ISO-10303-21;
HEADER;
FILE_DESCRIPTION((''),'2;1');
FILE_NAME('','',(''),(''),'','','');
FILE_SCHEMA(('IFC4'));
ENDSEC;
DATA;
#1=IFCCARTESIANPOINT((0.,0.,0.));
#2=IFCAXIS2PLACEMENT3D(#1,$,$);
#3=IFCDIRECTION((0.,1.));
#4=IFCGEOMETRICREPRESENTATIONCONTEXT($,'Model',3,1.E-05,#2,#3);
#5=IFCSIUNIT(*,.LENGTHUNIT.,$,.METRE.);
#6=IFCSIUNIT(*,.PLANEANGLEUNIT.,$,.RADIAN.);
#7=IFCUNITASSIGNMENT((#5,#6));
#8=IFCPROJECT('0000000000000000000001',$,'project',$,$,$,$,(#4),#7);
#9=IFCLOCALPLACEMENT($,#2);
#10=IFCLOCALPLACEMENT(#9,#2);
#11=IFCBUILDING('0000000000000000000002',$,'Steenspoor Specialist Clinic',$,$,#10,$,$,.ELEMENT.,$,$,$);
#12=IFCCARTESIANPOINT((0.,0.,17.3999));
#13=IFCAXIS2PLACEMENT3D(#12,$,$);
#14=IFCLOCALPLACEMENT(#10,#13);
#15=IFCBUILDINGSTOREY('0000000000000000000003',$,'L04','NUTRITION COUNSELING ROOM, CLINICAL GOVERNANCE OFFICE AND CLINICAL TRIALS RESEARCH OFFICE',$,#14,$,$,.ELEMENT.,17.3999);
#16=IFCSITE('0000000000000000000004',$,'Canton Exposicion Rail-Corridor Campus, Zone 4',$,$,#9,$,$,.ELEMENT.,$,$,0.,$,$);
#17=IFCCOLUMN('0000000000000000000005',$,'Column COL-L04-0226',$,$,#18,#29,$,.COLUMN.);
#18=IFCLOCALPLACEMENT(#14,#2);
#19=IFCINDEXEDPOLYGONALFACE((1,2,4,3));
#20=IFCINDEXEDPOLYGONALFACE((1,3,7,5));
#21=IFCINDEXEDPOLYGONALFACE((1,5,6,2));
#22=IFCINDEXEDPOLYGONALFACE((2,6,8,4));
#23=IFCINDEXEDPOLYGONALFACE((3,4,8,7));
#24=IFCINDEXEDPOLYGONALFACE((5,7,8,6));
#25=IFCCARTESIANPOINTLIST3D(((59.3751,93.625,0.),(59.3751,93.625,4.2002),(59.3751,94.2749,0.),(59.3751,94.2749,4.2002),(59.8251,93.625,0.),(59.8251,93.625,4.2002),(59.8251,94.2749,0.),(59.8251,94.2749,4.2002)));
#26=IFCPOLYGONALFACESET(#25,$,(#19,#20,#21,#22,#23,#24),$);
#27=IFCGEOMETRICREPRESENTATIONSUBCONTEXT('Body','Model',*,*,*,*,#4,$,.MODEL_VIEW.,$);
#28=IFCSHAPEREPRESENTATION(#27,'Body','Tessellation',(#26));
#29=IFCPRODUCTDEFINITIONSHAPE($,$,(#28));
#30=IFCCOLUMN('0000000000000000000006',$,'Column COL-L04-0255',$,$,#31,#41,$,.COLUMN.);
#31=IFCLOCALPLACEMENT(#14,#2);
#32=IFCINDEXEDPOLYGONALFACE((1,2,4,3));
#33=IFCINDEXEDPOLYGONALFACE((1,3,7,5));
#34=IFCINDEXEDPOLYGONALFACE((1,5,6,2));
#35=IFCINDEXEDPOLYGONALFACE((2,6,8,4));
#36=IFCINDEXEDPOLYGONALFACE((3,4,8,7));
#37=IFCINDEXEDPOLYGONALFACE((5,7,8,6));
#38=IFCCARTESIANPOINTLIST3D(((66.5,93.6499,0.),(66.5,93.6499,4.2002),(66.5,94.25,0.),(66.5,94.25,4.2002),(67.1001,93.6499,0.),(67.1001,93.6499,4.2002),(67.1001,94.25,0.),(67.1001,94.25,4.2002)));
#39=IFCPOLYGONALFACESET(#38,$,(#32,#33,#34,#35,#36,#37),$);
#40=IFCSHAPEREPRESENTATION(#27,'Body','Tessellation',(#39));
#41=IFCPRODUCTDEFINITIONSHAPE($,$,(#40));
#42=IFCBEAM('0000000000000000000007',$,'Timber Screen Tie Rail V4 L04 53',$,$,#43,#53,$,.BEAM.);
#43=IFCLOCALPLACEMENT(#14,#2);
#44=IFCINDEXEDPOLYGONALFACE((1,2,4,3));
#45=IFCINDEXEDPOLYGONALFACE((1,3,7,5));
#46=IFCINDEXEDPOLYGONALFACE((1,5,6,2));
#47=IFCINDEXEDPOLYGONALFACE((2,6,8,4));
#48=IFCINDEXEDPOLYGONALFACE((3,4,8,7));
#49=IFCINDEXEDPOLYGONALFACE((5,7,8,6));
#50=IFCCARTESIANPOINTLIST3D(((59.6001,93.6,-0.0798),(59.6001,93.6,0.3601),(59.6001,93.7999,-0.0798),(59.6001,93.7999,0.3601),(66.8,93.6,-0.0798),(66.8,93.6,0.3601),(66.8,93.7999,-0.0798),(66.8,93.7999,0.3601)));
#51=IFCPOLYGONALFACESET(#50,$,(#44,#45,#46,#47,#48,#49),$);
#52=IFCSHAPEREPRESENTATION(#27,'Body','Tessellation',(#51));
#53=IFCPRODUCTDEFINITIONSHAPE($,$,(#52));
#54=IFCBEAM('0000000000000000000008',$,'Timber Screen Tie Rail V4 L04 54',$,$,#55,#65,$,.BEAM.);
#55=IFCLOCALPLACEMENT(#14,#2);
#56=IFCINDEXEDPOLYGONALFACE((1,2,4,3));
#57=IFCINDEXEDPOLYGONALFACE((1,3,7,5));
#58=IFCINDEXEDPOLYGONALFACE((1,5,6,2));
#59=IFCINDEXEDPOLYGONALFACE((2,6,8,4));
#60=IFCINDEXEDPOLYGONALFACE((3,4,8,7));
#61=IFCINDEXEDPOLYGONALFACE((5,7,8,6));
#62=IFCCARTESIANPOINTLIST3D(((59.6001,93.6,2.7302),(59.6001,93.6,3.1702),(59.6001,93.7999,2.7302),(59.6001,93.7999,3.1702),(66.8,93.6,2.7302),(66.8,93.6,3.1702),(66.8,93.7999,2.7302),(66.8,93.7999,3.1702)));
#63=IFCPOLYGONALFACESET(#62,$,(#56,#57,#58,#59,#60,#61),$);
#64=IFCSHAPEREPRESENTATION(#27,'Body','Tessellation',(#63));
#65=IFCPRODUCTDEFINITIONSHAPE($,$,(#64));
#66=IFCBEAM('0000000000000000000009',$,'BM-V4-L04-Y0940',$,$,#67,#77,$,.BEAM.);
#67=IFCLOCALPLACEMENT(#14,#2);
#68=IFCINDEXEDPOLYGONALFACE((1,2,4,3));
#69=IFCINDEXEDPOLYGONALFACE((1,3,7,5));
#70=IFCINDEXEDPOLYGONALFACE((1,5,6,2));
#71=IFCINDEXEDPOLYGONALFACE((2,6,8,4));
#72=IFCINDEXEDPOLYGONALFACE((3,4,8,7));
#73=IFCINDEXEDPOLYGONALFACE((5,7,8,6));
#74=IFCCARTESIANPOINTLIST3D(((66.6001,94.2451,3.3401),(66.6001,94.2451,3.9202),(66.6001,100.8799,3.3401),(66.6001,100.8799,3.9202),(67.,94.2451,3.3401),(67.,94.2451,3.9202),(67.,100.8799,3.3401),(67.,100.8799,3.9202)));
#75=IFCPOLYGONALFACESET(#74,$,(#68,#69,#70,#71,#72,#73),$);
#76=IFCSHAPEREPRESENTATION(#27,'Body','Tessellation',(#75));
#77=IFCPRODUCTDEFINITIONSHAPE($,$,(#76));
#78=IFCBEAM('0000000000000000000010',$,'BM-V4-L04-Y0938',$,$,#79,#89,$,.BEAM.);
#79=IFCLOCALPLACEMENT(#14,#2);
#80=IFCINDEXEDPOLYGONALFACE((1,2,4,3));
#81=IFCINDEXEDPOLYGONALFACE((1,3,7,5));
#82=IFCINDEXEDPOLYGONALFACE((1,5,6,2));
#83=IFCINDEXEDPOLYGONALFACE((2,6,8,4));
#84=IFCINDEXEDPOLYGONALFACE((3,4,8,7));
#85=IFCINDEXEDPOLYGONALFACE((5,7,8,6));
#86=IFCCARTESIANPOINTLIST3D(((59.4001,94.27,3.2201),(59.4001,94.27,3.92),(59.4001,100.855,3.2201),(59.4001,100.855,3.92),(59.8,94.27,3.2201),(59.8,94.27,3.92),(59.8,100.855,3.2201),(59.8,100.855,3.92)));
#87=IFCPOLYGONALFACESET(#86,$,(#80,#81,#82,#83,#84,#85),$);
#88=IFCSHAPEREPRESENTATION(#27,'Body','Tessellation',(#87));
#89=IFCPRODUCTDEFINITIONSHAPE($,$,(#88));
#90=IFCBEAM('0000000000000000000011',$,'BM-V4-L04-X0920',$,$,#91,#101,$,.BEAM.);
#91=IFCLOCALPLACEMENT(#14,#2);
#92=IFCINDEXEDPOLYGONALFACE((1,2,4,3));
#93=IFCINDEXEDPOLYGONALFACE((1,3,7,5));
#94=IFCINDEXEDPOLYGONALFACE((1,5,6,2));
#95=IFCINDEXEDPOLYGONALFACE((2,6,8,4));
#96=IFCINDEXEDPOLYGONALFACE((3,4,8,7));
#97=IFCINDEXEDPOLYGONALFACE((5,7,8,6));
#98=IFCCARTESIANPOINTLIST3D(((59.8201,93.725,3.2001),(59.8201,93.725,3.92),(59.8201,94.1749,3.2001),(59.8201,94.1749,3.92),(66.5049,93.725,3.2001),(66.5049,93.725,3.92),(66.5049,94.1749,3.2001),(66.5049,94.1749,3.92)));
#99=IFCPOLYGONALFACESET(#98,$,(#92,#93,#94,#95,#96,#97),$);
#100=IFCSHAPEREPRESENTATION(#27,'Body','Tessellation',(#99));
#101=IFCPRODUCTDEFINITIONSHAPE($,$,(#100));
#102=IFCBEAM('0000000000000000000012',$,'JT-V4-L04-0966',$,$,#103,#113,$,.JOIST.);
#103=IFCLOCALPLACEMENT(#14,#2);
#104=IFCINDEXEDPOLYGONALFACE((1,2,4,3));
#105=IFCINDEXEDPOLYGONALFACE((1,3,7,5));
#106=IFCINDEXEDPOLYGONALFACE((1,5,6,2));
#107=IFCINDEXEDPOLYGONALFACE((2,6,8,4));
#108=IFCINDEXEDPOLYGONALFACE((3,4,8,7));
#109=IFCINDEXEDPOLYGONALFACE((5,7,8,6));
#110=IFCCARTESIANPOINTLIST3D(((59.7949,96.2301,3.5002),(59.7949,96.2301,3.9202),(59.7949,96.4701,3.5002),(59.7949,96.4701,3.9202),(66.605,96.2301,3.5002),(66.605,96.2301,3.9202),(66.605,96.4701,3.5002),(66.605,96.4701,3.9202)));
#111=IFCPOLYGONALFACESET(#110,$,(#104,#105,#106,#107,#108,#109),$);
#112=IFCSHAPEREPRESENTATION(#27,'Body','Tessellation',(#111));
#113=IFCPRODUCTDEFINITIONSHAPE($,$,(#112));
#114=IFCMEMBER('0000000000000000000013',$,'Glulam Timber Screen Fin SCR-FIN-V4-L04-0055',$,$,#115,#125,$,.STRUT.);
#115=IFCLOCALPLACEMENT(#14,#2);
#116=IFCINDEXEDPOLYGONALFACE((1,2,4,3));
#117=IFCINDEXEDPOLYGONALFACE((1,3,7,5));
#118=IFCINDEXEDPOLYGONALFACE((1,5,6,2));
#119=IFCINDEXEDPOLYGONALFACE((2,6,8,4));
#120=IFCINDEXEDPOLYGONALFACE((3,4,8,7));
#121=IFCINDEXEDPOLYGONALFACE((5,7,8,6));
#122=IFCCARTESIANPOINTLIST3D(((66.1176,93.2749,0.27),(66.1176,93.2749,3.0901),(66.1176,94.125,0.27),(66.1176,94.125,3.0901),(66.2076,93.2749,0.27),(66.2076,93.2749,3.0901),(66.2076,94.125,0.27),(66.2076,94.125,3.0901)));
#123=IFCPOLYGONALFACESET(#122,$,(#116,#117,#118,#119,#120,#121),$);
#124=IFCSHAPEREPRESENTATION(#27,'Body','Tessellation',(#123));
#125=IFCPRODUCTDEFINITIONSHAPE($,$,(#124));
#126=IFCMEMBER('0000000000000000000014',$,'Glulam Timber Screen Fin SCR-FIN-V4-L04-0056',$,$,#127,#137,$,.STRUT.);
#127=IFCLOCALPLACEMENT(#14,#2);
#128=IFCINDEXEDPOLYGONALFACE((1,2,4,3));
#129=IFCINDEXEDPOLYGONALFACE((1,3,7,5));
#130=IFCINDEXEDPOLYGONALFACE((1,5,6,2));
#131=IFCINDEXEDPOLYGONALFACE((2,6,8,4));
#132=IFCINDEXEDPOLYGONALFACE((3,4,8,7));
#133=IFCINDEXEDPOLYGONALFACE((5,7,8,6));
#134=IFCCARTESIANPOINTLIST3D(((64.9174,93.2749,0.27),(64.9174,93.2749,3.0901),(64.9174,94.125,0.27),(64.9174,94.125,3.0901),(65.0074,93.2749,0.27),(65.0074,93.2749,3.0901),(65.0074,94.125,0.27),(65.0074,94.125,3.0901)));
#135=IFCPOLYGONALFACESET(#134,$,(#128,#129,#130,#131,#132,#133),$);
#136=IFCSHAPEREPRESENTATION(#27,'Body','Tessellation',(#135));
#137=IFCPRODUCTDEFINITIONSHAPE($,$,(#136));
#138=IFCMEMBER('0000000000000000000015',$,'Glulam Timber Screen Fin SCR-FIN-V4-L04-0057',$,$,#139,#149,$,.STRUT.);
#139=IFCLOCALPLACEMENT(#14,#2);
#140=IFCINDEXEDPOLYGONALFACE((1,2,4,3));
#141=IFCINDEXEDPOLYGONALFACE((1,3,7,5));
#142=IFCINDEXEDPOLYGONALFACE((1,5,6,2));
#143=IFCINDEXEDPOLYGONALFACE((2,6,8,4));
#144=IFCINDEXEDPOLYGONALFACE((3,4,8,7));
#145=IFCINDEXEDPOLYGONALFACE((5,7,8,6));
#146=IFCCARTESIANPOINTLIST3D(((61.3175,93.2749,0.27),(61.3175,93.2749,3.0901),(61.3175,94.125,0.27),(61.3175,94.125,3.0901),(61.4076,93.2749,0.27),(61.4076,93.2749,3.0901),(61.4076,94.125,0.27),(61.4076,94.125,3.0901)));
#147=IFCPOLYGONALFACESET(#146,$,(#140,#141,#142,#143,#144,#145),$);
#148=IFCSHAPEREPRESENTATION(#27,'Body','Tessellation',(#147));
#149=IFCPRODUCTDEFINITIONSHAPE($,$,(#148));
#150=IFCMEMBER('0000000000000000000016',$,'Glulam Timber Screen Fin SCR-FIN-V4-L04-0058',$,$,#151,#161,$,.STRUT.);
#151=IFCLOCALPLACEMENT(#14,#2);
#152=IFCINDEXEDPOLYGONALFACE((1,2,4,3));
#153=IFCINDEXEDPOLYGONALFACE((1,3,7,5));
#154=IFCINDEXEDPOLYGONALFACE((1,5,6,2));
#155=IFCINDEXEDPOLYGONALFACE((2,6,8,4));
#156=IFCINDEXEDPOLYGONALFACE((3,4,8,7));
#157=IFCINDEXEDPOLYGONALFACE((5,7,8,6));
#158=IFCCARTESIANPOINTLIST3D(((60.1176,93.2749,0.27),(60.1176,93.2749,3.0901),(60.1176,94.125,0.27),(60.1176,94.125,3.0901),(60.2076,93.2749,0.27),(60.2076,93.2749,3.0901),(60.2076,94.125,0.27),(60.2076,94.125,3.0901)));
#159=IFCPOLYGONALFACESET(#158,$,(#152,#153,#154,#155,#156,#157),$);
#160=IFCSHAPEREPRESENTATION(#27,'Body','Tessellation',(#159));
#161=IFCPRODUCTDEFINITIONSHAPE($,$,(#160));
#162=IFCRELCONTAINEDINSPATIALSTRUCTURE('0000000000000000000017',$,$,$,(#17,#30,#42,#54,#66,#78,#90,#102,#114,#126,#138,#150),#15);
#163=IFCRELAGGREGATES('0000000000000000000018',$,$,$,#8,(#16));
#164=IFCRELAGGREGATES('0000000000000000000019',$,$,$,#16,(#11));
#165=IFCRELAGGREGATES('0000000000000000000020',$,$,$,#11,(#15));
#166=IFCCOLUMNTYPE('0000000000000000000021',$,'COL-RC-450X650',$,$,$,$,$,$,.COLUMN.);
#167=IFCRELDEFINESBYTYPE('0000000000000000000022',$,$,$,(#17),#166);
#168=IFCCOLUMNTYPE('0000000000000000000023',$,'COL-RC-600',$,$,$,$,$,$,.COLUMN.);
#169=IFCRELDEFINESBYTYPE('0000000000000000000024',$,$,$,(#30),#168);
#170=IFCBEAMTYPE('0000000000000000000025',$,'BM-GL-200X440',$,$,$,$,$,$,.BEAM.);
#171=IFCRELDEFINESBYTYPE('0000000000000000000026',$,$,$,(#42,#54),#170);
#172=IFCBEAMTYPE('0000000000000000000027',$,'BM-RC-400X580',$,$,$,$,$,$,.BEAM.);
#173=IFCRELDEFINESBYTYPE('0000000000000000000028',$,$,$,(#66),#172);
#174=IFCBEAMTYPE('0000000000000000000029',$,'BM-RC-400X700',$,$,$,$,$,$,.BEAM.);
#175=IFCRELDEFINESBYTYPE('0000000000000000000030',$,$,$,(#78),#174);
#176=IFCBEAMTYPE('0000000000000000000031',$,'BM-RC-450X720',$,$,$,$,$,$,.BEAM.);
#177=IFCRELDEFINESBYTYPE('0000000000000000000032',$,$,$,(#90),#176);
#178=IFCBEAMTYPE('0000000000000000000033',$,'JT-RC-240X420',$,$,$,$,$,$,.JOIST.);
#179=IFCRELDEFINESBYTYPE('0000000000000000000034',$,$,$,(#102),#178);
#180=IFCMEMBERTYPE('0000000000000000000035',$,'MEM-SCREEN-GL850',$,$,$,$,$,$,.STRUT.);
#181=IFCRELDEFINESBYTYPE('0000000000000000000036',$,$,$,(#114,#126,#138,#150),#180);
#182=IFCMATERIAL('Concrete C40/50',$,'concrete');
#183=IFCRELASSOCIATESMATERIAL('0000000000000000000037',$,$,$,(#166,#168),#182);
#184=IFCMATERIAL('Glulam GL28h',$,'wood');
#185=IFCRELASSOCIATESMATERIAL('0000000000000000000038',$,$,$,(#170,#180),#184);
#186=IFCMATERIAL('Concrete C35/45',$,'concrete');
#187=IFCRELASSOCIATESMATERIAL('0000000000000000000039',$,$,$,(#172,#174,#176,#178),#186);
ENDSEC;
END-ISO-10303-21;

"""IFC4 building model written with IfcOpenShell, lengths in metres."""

from ifc_helpers import new_model, si_unit, direction, frame, origin, origin_2d, place, context, subcontext, project, spatial, rectangle, extrude, material, material_profile, profile_set, type_object, element, save


model = new_model("IFC4")

# Units and contexts
model_context = context("Model", 3, precision=1e-05, world=origin(), true_north=direction((0.0, 1.0)))
body_context = subcontext(model_context, "Body", "Model", "MODEL_VIEW")
ifc_project = project(units=[si_unit("LENGTHUNIT", "METRE"), si_unit("PLANEANGLEUNIT", "RADIAN")], contexts=[model_context])

# Site, building, storey
site_placement = place(None, origin())
site = spatial("IfcSite", under=ifc_project, at=site_placement, Name="Canton Exposicion Rail-Corridor Campus, Zone 4", CompositionType="ELEMENT", RefElevation=0.0)
building_placement = place(site_placement, origin())
building = spatial("IfcBuilding", under=site, at=building_placement, Name="Steenspoor Specialist Clinic", CompositionType="ELEMENT")
storey_placement = place(building_placement, frame((0.0, 0.0, 17.3999)))
storey = spatial("IfcBuildingStorey", under=building, at=storey_placement, Name="L04", Description="NUTRITION COUNSELING ROOM, CLINICAL GOVERNANCE OFFICE AND CLINICAL TRIALS RESEARCH OFFICE", CompositionType="ELEMENT", Elevation=17.3999)

# Columns
ifc_material_1 = material(Name="Concrete C40/50", Category="concrete")
ifc_material_profile_1 = material_profile(ifc_material_1, rectangle(XDim=0.45, YDim=0.6499, at=origin_2d()), Name="RC-COL-450X650")
ifc_profile_set_1 = profile_set([ifc_material_profile_1], Name="Concrete C40/50")
column_type_1 = type_object("IfcColumnType", Name="COL-RC-450X650", PredefinedType="COLUMN", material=ifc_profile_set_1)
column_1_placement = place(storey_placement, frame((59.6001, 93.95, 0.0), z_axis=(0.0, 0.0, 1.0), x_axis=(1.0, 0.0, 0.0)))
element("IfcColumn", 1, at=column_1_placement, inside=storey, type_object=column_type_1, Name="Column COL-L04-0226", PredefinedType="COLUMN", context=body_context, shape_type="SweptSolid", body=[
    extrude(rectangle(XDim=0.45, YDim=0.6499, at=origin_2d()), origin(), (0.0, 0.0, 1.0), 4.2002),
])
ifc_material_profile_2 = material_profile(ifc_material_1, rectangle(XDim=0.6001, YDim=0.6001, at=origin_2d()), Name="RC-COL-600X600")
ifc_profile_set_2 = profile_set([ifc_material_profile_2], Name="Concrete C40/50")
column_type_2 = type_object("IfcColumnType", Name="COL-RC-600", PredefinedType="COLUMN", material=ifc_profile_set_2)
column_2_placement = place(storey_placement, frame((66.8, 93.95, 0.0), z_axis=(0.0, 0.0, 1.0), x_axis=(1.0, 0.0, 0.0)))
element("IfcColumn", 2, at=column_2_placement, inside=storey, type_object=column_type_2, Name="Column COL-L04-0255", PredefinedType="COLUMN", context=body_context, shape_type="SweptSolid", body=[
    extrude(rectangle(XDim=0.6001, YDim=0.6001, at=origin_2d()), origin(), (0.0, 0.0, 1.0), 4.2002),
])

# Beams
ifc_material_2 = material(Name="Glulam GL28h", Category="wood")
ifc_material_profile_3 = material_profile(ifc_material_2, rectangle(XDim=0.2, YDim=0.4399, at=origin_2d()), Name="GL28H-200X440")
ifc_profile_set_3 = profile_set([ifc_material_profile_3], Name="Glulam GL28h")
beam_type_1 = type_object("IfcBeamType", Name="BM-GL-200X440", PredefinedType="BEAM", material=ifc_profile_set_3)
for number, where, z_axis, x_axis, name in (
    (3, (66.8, 93.7, 0.1401), (-1.0, 0.0, 0.0), (0.0, -1.0, 0.0), "Timber Screen Tie Rail V4 L04 53"),
    (4, (66.8, 93.7, 2.9502), (-1.0, 0.0, 0.0), (0.0, -1.0, 0.0), "Timber Screen Tie Rail V4 L04 54"),
):
    element("IfcBeam", number, at=place(storey_placement, frame(where, z_axis=z_axis, x_axis=x_axis)), inside=storey, type_object=beam_type_1, Name=name, PredefinedType="BEAM", context=body_context, shape_type="SweptSolid", body=[
        extrude(rectangle(XDim=0.2, YDim=0.4399, at=origin_2d()), origin(), (0.0, 0.0, 1.0), 7.2),
    ])
ifc_material_3 = material(Name="Concrete C35/45", Category="concrete")
ifc_material_profile_4 = material_profile(ifc_material_3, rectangle(XDim=0.3999, YDim=0.5801, at=origin_2d()), Name="RC-BM-400X580")
ifc_profile_set_4 = profile_set([ifc_material_profile_4], Name="Concrete C35/45")
beam_type_2 = type_object("IfcBeamType", Name="BM-RC-400X580", PredefinedType="BEAM", material=ifc_profile_set_4)
beam_1_placement = place(storey_placement, frame((66.8, 94.2451, 3.6301), z_axis=(0.0, 1.0, 0.0), x_axis=(-1.0, 0.0, 0.0)))
element("IfcBeam", 5, at=beam_1_placement, inside=storey, type_object=beam_type_2, Name="BM-V4-L04-Y0940", PredefinedType="BEAM", context=body_context, shape_type="SweptSolid", body=[
    extrude(rectangle(XDim=0.3999, YDim=0.5801, at=origin_2d()), origin(), (0.0, 0.0, 1.0), 6.6348),
])
ifc_material_profile_5 = material_profile(ifc_material_3, rectangle(XDim=0.3999, YDim=0.7, at=origin_2d()), Name="RC-BM-400X700")
ifc_profile_set_5 = profile_set([ifc_material_profile_5], Name="Concrete C35/45")
beam_type_3 = type_object("IfcBeamType", Name="BM-RC-400X700", PredefinedType="BEAM", material=ifc_profile_set_5)
beam_2_placement = place(storey_placement, frame((59.6001, 94.27, 3.5701), z_axis=(0.0, 1.0, 0.0), x_axis=(-1.0, 0.0, 0.0)))
element("IfcBeam", 6, at=beam_2_placement, inside=storey, type_object=beam_type_3, Name="BM-V4-L04-Y0938", PredefinedType="BEAM", context=body_context, shape_type="SweptSolid", body=[
    extrude(rectangle(XDim=0.3999, YDim=0.7, at=origin_2d()), origin(), (0.0, 0.0, 1.0), 6.585),
])
ifc_material_profile_6 = material_profile(ifc_material_3, rectangle(XDim=0.45, YDim=0.72, at=origin_2d()), Name="RC-BM-450X720")
ifc_profile_set_6 = profile_set([ifc_material_profile_6], Name="Concrete C35/45")
beam_type_4 = type_object("IfcBeamType", Name="BM-RC-450X720", PredefinedType="BEAM", material=ifc_profile_set_6)
beam_3_placement = place(storey_placement, frame((59.8201, 93.95, 3.5601), z_axis=(1.0, 0.0, 0.0), x_axis=(0.0, 1.0, 0.0)))
element("IfcBeam", 7, at=beam_3_placement, inside=storey, type_object=beam_type_4, Name="BM-V4-L04-X0920", PredefinedType="BEAM", context=body_context, shape_type="SweptSolid", body=[
    extrude(rectangle(XDim=0.45, YDim=0.72, at=origin_2d()), origin(), (0.0, 0.0, 1.0), 6.6848),
])
ifc_material_profile_7 = material_profile(ifc_material_3, rectangle(XDim=0.24, YDim=0.4199, at=origin_2d()), Name="RC-JT-240X420")
ifc_profile_set_7 = profile_set([ifc_material_profile_7], Name="Concrete C35/45")
beam_type_5 = type_object("IfcBeamType", Name="JT-RC-240X420", PredefinedType="JOIST", material=ifc_profile_set_7)
beam_4_placement = place(storey_placement, frame((59.7949, 96.3501, 3.7102), z_axis=(1.0, 0.0, 0.0), x_axis=(0.0, 1.0, 0.0)))
element("IfcBeam", 8, at=beam_4_placement, inside=storey, type_object=beam_type_5, Name="JT-V4-L04-0966", PredefinedType="JOIST", context=body_context, shape_type="SweptSolid", body=[
    extrude(rectangle(XDim=0.24, YDim=0.4199, at=origin_2d()), origin(), (0.0, 0.0, 1.0), 6.8101),
])

# Members
ifc_material_profile_8 = material_profile(ifc_material_2, rectangle(XDim=0.0901, YDim=0.8501, at=origin_2d()), Name="GL28H-90X850")
ifc_profile_set_8 = profile_set([ifc_material_profile_8], Name="Glulam GL28h")
member_type = type_object("IfcMemberType", Name="MEM-SCREEN-GL850", PredefinedType="STRUT", material=ifc_profile_set_8)
for number, where, z_axis, x_axis, name in (
    (9, (66.1626, 93.7, 0.27), (0.0, 0.0, 1.0), (-1.0, 0.0, 0.0), "Glulam Timber Screen Fin SCR-FIN-V4-L04-0055"),
    (10, (64.9624, 93.7, 0.27), (0.0, 0.0, 1.0), (-1.0, 0.0, 0.0), "Glulam Timber Screen Fin SCR-FIN-V4-L04-0056"),
    (11, (61.3625, 93.7, 0.27), (0.0, 0.0, 1.0), (-1.0, 0.0, 0.0), "Glulam Timber Screen Fin SCR-FIN-V4-L04-0057"),
    (12, (60.1626, 93.7, 0.27), (0.0, 0.0, 1.0), (-1.0, 0.0, 0.0), "Glulam Timber Screen Fin SCR-FIN-V4-L04-0058"),
):
    element("IfcMember", number, at=place(storey_placement, frame(where, z_axis=z_axis, x_axis=x_axis)), inside=storey, type_object=member_type, Name=name, PredefinedType="STRUT", context=body_context, shape_type="SweptSolid", body=[
        extrude(rectangle(XDim=0.0901, YDim=0.8501, at=origin_2d()), origin(), (0.0, 0.0, 1.0), 2.8201),
    ])

save(model, "model.ifc")
